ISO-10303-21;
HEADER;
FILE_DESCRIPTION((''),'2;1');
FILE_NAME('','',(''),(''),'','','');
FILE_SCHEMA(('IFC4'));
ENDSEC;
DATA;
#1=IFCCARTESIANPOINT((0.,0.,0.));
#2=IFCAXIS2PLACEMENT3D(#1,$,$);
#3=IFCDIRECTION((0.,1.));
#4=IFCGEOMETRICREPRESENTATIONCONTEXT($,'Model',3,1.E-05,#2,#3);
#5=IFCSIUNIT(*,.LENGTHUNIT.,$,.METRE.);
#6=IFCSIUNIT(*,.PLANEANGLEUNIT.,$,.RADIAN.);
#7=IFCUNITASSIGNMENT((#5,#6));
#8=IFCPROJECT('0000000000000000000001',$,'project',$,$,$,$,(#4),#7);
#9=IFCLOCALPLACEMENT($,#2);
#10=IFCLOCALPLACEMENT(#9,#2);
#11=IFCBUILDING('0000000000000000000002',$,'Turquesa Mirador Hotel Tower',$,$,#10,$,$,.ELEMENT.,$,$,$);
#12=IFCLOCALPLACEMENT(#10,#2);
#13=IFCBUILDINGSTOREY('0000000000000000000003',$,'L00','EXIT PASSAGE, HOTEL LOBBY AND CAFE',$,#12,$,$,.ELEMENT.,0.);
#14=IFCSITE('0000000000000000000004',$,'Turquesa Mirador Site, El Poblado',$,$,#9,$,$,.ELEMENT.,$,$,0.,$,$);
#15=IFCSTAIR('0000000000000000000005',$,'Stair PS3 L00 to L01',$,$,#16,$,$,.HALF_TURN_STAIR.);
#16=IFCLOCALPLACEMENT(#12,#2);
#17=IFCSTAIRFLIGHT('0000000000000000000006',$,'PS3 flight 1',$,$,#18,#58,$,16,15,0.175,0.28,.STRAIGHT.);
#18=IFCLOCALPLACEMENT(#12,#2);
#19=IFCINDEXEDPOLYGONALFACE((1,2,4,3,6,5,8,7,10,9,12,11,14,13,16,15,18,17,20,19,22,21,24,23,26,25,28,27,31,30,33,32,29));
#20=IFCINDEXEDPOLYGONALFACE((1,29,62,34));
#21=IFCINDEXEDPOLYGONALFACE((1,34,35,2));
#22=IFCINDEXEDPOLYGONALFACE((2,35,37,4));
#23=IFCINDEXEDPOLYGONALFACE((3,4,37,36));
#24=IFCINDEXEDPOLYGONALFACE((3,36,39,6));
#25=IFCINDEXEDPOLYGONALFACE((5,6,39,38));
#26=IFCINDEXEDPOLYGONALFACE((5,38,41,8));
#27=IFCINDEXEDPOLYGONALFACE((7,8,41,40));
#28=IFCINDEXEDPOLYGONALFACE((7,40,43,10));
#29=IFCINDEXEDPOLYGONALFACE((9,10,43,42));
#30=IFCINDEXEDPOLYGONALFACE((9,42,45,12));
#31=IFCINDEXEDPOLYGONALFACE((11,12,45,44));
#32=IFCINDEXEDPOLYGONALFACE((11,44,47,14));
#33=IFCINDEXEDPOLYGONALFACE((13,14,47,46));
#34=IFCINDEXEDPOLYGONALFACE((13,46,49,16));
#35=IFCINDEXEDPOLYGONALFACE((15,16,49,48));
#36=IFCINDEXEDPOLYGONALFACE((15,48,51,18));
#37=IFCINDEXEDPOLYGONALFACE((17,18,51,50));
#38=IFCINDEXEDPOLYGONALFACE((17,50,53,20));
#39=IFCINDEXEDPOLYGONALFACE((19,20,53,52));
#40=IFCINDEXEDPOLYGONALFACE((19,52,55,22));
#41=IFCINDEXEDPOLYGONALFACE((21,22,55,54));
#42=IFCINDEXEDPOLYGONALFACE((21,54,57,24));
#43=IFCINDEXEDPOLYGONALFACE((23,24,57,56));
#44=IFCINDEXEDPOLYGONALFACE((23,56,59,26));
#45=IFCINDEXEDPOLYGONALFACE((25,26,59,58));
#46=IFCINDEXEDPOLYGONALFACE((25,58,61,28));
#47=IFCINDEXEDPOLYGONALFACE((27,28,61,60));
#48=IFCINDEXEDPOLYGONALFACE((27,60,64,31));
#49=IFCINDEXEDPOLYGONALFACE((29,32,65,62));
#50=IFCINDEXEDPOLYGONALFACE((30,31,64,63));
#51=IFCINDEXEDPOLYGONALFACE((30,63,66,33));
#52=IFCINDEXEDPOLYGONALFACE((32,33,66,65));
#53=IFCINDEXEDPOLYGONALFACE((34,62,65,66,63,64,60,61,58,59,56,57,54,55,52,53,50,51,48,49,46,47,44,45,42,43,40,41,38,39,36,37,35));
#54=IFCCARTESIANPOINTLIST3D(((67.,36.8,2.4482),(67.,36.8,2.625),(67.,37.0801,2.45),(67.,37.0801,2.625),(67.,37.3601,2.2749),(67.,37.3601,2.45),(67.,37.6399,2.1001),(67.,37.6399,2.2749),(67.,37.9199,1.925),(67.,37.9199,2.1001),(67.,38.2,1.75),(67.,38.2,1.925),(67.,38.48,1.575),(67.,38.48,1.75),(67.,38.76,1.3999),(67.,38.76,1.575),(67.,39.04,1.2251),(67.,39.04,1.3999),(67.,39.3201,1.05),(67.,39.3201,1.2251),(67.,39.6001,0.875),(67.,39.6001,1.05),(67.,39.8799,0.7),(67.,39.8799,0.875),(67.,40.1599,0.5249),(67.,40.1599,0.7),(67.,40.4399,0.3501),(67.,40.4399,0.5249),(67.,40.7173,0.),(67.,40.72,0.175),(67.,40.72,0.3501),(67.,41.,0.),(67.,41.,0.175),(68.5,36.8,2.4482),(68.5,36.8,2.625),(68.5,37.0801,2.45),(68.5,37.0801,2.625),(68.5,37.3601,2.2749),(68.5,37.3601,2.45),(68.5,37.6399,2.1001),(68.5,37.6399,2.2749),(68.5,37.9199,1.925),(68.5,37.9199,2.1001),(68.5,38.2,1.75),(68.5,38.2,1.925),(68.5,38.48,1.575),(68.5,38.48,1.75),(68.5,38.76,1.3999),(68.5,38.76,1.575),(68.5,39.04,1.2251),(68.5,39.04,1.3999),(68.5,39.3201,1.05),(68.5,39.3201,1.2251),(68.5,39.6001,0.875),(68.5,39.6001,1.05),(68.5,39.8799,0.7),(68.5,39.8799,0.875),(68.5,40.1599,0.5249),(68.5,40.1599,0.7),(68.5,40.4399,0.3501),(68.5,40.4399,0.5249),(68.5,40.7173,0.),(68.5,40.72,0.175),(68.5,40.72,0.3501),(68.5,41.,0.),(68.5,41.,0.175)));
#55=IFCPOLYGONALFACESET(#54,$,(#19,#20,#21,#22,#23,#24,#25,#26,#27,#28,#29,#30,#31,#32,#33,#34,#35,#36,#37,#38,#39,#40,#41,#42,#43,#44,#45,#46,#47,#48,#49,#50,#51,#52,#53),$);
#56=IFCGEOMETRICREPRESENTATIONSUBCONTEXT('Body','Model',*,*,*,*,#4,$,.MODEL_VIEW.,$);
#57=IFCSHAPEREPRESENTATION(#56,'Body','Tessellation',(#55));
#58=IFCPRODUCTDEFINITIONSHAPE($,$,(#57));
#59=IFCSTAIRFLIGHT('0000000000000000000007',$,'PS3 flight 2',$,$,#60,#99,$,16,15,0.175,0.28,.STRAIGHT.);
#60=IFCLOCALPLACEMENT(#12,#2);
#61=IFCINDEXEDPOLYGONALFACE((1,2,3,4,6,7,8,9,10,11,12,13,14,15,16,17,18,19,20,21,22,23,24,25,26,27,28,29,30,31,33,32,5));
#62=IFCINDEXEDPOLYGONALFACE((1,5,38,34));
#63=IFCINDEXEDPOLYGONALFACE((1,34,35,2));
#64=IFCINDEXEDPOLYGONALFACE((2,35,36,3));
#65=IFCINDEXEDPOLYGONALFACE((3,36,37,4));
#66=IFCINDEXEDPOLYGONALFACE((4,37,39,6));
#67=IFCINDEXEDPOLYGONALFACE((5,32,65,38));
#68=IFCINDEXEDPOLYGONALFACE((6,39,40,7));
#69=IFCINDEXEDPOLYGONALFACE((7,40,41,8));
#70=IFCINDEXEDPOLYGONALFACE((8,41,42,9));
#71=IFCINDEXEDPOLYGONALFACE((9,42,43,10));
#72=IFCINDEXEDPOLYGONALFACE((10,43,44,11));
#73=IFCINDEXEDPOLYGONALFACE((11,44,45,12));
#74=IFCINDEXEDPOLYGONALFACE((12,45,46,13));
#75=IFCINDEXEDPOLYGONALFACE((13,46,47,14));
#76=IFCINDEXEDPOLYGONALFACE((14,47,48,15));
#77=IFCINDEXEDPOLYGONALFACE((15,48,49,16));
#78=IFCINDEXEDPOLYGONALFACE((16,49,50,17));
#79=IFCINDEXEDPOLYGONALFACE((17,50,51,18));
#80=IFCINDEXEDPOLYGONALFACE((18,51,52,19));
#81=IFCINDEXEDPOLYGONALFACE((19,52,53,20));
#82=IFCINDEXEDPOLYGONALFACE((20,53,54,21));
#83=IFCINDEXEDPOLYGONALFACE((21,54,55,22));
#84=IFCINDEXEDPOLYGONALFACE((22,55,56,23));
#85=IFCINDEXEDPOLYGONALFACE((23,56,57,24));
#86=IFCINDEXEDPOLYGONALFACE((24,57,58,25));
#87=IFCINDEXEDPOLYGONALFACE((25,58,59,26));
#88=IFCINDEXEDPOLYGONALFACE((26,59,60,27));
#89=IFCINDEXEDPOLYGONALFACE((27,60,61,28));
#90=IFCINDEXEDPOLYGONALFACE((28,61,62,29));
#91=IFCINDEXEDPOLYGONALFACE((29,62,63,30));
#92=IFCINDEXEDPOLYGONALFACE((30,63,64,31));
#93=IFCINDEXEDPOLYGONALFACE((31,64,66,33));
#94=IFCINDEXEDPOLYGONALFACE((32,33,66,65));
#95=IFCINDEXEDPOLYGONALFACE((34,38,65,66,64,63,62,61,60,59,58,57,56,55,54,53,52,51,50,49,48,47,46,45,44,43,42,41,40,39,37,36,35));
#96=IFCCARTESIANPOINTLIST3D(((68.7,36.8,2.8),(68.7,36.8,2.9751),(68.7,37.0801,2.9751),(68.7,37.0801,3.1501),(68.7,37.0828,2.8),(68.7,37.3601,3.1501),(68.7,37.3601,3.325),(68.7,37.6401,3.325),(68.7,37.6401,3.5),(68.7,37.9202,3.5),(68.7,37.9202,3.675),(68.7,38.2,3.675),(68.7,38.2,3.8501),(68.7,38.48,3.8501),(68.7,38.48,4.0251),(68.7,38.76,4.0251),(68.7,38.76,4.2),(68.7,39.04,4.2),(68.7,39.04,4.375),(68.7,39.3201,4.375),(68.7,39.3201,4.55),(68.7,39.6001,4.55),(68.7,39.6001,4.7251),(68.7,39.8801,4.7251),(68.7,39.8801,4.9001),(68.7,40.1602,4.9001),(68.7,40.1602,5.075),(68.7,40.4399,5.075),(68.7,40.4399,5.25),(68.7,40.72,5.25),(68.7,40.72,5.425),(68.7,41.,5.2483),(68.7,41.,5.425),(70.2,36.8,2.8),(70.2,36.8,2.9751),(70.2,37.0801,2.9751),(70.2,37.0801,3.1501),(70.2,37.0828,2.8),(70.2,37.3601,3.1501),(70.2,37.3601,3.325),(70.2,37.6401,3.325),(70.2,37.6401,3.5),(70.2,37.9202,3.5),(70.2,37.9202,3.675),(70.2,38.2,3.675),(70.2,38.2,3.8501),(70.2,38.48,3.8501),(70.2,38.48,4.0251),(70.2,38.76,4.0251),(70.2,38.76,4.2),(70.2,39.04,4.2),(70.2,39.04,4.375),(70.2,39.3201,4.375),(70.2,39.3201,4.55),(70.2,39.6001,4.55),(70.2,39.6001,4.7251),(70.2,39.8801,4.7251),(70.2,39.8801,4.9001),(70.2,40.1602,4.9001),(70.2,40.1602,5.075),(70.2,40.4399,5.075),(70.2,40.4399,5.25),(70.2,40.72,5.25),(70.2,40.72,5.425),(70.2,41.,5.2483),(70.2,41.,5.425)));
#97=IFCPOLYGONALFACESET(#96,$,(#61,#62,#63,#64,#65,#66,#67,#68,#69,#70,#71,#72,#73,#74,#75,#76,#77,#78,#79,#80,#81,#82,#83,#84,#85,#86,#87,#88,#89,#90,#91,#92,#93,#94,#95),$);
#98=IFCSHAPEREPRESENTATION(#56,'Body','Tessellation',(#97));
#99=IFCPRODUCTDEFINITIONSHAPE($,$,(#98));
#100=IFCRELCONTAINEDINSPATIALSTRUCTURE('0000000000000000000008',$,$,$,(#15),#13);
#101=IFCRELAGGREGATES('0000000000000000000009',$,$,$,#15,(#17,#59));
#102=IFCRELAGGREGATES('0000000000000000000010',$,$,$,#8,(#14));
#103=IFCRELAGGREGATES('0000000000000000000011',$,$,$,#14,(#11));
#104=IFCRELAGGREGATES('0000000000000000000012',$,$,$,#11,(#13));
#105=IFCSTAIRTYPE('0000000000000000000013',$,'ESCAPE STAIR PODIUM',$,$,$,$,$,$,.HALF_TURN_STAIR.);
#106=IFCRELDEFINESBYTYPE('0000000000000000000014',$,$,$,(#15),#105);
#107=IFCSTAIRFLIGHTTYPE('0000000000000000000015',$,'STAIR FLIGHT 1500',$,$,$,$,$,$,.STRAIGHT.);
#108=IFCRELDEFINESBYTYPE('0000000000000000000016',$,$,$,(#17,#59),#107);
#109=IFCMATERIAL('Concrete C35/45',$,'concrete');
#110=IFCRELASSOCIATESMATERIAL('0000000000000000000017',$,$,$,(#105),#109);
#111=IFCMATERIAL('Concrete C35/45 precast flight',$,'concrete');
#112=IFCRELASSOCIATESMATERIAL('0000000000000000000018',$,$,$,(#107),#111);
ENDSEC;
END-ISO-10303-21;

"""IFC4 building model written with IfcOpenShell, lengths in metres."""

from ifc_helpers import new_model, si_unit, direction, frame, origin, place, context, subcontext, project, spatial, polyline, outline, extrude, material, type_object, element, aggregate, save


model = new_model("IFC4")

# Units and contexts
model_context = context("Model", 3, precision=1e-05, world=origin(), true_north=direction((0.0, 1.0)))
body_context = subcontext(model_context, "Body", "Model", "MODEL_VIEW")
ifc_project = project(units=[si_unit("LENGTHUNIT", "METRE"), si_unit("PLANEANGLEUNIT", "RADIAN")], contexts=[model_context])

# Site, building, storey
site_placement = place(None, origin())
site = spatial("IfcSite", under=ifc_project, at=site_placement, Name="Turquesa Mirador Site, El Poblado", CompositionType="ELEMENT", RefElevation=0.0)
building_placement = place(site_placement, origin())
building = spatial("IfcBuilding", under=site, at=building_placement, Name="Turquesa Mirador Hotel Tower", CompositionType="ELEMENT")
storey_placement = place(building_placement, origin())
storey = spatial("IfcBuildingStorey", under=building, at=storey_placement, Name="L00", Description="EXIT PASSAGE, HOTEL LOBBY AND CAFE", CompositionType="ELEMENT", Elevation=0.0)

# Stair, stair flights
ifc_material_1 = material(Name="Concrete C35/45", Category="concrete")
stair_type = type_object("IfcStairType", Name="ESCAPE STAIR PODIUM", PredefinedType="HALF_TURN_STAIR", material=ifc_material_1)
stair_placement = place(storey_placement, origin())
stair = element("IfcStair", 1, at=stair_placement, inside=storey, type_object=stair_type, Name="Stair PS3 L00 to L01", PredefinedType="HALF_TURN_STAIR")
ifc_material_2 = material(Name="Concrete C35/45 precast flight", Category="concrete")
stair_flight_type = type_object("IfcStairFlightType", Name="STAIR FLIGHT 1500", PredefinedType="STRAIGHT", material=ifc_material_2)
stair_flight_1_placement = place(storey_placement, frame((67.75, 41.0, 0.0), z_axis=(0.0, 0.0, 1.0), x_axis=(0.0, -1.0, 0.0)))
stair_flight_1 = element("IfcStairFlight", 2, at=stair_flight_1_placement, type_object=stair_flight_type, Name="PS3 flight 1", NumberOfRisers=16, NumberOfTreads=15, PredefinedType="STRAIGHT", RiserHeight=0.175, TreadLength=0.28, context=body_context, shape_type="SweptSolid", body=[
    extrude(outline(polyline([(0.0, 0.0), (0.0, 0.175), (0.28, 0.175), (0.28, 0.3501), (0.5601, 0.3501), (0.5601, 0.5249), (0.8401, 0.5249), (0.8401, 0.7), (1.1201, 0.7), (1.1201, 0.875), (1.3999, 0.875), (1.3999, 1.05), (1.6799, 1.05), (1.6799, 1.2251), (1.96, 1.2251), (1.96, 1.3999), (2.24, 1.3999), (2.24, 1.575), (2.52, 1.575), (2.52, 1.75), (2.8, 1.75), (2.8, 1.925), (3.0801, 1.925), (3.0801, 2.1001), (3.3601, 2.1001), (3.3601, 2.2749), (3.6399, 2.2749), (3.6399, 2.45), (3.9199, 2.45), (3.9199, 2.625), (4.2, 2.625), (4.2, 2.8), (4.2, 2.4482), (0.2827, 0.0), (0.0, 0.0)])), frame((0.0, 0.75, 0.0), z_axis=(0.0, -1.0, 0.0), x_axis=(1.0, 0.0, 0.0)), (0.0, 0.0, 1.0), 1.5),
])
stair_flight_2_placement = place(storey_placement, frame((69.45, 36.8, 2.8), z_axis=(0.0, 0.0, 1.0), x_axis=(0.0, 1.0, 0.0)))
stair_flight_2 = element("IfcStairFlight", 3, at=stair_flight_2_placement, type_object=stair_flight_type, Name="PS3 flight 2", NumberOfRisers=16, NumberOfTreads=15, PredefinedType="STRAIGHT", RiserHeight=0.175, TreadLength=0.28, context=body_context, shape_type="SweptSolid", body=[
    extrude(outline(polyline([(0.0, 0.0), (0.0, 0.175), (0.28, 0.175), (0.28, 0.3501), (0.5601, 0.3501), (0.5601, 0.5249), (0.8401, 0.5249), (0.8401, 0.7), (1.1201, 0.7), (1.1201, 0.875), (1.3999, 0.875), (1.3999, 1.05), (1.6799, 1.05), (1.6799, 1.2251), (1.96, 1.2251), (1.96, 1.3999), (2.24, 1.3999), (2.24, 1.575), (2.52, 1.575), (2.52, 1.75), (2.8, 1.75), (2.8, 1.925), (3.0801, 1.925), (3.0801, 2.1001), (3.3601, 2.1001), (3.3601, 2.2749), (3.6399, 2.2749), (3.6399, 2.45), (3.9199, 2.45), (3.9199, 2.625), (4.2, 2.625), (4.2, 2.8), (4.2, 2.4482), (0.2827, 0.0), (0.0, 0.0)])), frame((0.0, 0.75, 0.0), z_axis=(0.0, -1.0, 0.0), x_axis=(1.0, 0.0, 0.0)), (0.0, 0.0, 1.0), 1.5),
])
aggregate(stair, [stair_flight_1, stair_flight_2])

save(model, "model.ifc")
